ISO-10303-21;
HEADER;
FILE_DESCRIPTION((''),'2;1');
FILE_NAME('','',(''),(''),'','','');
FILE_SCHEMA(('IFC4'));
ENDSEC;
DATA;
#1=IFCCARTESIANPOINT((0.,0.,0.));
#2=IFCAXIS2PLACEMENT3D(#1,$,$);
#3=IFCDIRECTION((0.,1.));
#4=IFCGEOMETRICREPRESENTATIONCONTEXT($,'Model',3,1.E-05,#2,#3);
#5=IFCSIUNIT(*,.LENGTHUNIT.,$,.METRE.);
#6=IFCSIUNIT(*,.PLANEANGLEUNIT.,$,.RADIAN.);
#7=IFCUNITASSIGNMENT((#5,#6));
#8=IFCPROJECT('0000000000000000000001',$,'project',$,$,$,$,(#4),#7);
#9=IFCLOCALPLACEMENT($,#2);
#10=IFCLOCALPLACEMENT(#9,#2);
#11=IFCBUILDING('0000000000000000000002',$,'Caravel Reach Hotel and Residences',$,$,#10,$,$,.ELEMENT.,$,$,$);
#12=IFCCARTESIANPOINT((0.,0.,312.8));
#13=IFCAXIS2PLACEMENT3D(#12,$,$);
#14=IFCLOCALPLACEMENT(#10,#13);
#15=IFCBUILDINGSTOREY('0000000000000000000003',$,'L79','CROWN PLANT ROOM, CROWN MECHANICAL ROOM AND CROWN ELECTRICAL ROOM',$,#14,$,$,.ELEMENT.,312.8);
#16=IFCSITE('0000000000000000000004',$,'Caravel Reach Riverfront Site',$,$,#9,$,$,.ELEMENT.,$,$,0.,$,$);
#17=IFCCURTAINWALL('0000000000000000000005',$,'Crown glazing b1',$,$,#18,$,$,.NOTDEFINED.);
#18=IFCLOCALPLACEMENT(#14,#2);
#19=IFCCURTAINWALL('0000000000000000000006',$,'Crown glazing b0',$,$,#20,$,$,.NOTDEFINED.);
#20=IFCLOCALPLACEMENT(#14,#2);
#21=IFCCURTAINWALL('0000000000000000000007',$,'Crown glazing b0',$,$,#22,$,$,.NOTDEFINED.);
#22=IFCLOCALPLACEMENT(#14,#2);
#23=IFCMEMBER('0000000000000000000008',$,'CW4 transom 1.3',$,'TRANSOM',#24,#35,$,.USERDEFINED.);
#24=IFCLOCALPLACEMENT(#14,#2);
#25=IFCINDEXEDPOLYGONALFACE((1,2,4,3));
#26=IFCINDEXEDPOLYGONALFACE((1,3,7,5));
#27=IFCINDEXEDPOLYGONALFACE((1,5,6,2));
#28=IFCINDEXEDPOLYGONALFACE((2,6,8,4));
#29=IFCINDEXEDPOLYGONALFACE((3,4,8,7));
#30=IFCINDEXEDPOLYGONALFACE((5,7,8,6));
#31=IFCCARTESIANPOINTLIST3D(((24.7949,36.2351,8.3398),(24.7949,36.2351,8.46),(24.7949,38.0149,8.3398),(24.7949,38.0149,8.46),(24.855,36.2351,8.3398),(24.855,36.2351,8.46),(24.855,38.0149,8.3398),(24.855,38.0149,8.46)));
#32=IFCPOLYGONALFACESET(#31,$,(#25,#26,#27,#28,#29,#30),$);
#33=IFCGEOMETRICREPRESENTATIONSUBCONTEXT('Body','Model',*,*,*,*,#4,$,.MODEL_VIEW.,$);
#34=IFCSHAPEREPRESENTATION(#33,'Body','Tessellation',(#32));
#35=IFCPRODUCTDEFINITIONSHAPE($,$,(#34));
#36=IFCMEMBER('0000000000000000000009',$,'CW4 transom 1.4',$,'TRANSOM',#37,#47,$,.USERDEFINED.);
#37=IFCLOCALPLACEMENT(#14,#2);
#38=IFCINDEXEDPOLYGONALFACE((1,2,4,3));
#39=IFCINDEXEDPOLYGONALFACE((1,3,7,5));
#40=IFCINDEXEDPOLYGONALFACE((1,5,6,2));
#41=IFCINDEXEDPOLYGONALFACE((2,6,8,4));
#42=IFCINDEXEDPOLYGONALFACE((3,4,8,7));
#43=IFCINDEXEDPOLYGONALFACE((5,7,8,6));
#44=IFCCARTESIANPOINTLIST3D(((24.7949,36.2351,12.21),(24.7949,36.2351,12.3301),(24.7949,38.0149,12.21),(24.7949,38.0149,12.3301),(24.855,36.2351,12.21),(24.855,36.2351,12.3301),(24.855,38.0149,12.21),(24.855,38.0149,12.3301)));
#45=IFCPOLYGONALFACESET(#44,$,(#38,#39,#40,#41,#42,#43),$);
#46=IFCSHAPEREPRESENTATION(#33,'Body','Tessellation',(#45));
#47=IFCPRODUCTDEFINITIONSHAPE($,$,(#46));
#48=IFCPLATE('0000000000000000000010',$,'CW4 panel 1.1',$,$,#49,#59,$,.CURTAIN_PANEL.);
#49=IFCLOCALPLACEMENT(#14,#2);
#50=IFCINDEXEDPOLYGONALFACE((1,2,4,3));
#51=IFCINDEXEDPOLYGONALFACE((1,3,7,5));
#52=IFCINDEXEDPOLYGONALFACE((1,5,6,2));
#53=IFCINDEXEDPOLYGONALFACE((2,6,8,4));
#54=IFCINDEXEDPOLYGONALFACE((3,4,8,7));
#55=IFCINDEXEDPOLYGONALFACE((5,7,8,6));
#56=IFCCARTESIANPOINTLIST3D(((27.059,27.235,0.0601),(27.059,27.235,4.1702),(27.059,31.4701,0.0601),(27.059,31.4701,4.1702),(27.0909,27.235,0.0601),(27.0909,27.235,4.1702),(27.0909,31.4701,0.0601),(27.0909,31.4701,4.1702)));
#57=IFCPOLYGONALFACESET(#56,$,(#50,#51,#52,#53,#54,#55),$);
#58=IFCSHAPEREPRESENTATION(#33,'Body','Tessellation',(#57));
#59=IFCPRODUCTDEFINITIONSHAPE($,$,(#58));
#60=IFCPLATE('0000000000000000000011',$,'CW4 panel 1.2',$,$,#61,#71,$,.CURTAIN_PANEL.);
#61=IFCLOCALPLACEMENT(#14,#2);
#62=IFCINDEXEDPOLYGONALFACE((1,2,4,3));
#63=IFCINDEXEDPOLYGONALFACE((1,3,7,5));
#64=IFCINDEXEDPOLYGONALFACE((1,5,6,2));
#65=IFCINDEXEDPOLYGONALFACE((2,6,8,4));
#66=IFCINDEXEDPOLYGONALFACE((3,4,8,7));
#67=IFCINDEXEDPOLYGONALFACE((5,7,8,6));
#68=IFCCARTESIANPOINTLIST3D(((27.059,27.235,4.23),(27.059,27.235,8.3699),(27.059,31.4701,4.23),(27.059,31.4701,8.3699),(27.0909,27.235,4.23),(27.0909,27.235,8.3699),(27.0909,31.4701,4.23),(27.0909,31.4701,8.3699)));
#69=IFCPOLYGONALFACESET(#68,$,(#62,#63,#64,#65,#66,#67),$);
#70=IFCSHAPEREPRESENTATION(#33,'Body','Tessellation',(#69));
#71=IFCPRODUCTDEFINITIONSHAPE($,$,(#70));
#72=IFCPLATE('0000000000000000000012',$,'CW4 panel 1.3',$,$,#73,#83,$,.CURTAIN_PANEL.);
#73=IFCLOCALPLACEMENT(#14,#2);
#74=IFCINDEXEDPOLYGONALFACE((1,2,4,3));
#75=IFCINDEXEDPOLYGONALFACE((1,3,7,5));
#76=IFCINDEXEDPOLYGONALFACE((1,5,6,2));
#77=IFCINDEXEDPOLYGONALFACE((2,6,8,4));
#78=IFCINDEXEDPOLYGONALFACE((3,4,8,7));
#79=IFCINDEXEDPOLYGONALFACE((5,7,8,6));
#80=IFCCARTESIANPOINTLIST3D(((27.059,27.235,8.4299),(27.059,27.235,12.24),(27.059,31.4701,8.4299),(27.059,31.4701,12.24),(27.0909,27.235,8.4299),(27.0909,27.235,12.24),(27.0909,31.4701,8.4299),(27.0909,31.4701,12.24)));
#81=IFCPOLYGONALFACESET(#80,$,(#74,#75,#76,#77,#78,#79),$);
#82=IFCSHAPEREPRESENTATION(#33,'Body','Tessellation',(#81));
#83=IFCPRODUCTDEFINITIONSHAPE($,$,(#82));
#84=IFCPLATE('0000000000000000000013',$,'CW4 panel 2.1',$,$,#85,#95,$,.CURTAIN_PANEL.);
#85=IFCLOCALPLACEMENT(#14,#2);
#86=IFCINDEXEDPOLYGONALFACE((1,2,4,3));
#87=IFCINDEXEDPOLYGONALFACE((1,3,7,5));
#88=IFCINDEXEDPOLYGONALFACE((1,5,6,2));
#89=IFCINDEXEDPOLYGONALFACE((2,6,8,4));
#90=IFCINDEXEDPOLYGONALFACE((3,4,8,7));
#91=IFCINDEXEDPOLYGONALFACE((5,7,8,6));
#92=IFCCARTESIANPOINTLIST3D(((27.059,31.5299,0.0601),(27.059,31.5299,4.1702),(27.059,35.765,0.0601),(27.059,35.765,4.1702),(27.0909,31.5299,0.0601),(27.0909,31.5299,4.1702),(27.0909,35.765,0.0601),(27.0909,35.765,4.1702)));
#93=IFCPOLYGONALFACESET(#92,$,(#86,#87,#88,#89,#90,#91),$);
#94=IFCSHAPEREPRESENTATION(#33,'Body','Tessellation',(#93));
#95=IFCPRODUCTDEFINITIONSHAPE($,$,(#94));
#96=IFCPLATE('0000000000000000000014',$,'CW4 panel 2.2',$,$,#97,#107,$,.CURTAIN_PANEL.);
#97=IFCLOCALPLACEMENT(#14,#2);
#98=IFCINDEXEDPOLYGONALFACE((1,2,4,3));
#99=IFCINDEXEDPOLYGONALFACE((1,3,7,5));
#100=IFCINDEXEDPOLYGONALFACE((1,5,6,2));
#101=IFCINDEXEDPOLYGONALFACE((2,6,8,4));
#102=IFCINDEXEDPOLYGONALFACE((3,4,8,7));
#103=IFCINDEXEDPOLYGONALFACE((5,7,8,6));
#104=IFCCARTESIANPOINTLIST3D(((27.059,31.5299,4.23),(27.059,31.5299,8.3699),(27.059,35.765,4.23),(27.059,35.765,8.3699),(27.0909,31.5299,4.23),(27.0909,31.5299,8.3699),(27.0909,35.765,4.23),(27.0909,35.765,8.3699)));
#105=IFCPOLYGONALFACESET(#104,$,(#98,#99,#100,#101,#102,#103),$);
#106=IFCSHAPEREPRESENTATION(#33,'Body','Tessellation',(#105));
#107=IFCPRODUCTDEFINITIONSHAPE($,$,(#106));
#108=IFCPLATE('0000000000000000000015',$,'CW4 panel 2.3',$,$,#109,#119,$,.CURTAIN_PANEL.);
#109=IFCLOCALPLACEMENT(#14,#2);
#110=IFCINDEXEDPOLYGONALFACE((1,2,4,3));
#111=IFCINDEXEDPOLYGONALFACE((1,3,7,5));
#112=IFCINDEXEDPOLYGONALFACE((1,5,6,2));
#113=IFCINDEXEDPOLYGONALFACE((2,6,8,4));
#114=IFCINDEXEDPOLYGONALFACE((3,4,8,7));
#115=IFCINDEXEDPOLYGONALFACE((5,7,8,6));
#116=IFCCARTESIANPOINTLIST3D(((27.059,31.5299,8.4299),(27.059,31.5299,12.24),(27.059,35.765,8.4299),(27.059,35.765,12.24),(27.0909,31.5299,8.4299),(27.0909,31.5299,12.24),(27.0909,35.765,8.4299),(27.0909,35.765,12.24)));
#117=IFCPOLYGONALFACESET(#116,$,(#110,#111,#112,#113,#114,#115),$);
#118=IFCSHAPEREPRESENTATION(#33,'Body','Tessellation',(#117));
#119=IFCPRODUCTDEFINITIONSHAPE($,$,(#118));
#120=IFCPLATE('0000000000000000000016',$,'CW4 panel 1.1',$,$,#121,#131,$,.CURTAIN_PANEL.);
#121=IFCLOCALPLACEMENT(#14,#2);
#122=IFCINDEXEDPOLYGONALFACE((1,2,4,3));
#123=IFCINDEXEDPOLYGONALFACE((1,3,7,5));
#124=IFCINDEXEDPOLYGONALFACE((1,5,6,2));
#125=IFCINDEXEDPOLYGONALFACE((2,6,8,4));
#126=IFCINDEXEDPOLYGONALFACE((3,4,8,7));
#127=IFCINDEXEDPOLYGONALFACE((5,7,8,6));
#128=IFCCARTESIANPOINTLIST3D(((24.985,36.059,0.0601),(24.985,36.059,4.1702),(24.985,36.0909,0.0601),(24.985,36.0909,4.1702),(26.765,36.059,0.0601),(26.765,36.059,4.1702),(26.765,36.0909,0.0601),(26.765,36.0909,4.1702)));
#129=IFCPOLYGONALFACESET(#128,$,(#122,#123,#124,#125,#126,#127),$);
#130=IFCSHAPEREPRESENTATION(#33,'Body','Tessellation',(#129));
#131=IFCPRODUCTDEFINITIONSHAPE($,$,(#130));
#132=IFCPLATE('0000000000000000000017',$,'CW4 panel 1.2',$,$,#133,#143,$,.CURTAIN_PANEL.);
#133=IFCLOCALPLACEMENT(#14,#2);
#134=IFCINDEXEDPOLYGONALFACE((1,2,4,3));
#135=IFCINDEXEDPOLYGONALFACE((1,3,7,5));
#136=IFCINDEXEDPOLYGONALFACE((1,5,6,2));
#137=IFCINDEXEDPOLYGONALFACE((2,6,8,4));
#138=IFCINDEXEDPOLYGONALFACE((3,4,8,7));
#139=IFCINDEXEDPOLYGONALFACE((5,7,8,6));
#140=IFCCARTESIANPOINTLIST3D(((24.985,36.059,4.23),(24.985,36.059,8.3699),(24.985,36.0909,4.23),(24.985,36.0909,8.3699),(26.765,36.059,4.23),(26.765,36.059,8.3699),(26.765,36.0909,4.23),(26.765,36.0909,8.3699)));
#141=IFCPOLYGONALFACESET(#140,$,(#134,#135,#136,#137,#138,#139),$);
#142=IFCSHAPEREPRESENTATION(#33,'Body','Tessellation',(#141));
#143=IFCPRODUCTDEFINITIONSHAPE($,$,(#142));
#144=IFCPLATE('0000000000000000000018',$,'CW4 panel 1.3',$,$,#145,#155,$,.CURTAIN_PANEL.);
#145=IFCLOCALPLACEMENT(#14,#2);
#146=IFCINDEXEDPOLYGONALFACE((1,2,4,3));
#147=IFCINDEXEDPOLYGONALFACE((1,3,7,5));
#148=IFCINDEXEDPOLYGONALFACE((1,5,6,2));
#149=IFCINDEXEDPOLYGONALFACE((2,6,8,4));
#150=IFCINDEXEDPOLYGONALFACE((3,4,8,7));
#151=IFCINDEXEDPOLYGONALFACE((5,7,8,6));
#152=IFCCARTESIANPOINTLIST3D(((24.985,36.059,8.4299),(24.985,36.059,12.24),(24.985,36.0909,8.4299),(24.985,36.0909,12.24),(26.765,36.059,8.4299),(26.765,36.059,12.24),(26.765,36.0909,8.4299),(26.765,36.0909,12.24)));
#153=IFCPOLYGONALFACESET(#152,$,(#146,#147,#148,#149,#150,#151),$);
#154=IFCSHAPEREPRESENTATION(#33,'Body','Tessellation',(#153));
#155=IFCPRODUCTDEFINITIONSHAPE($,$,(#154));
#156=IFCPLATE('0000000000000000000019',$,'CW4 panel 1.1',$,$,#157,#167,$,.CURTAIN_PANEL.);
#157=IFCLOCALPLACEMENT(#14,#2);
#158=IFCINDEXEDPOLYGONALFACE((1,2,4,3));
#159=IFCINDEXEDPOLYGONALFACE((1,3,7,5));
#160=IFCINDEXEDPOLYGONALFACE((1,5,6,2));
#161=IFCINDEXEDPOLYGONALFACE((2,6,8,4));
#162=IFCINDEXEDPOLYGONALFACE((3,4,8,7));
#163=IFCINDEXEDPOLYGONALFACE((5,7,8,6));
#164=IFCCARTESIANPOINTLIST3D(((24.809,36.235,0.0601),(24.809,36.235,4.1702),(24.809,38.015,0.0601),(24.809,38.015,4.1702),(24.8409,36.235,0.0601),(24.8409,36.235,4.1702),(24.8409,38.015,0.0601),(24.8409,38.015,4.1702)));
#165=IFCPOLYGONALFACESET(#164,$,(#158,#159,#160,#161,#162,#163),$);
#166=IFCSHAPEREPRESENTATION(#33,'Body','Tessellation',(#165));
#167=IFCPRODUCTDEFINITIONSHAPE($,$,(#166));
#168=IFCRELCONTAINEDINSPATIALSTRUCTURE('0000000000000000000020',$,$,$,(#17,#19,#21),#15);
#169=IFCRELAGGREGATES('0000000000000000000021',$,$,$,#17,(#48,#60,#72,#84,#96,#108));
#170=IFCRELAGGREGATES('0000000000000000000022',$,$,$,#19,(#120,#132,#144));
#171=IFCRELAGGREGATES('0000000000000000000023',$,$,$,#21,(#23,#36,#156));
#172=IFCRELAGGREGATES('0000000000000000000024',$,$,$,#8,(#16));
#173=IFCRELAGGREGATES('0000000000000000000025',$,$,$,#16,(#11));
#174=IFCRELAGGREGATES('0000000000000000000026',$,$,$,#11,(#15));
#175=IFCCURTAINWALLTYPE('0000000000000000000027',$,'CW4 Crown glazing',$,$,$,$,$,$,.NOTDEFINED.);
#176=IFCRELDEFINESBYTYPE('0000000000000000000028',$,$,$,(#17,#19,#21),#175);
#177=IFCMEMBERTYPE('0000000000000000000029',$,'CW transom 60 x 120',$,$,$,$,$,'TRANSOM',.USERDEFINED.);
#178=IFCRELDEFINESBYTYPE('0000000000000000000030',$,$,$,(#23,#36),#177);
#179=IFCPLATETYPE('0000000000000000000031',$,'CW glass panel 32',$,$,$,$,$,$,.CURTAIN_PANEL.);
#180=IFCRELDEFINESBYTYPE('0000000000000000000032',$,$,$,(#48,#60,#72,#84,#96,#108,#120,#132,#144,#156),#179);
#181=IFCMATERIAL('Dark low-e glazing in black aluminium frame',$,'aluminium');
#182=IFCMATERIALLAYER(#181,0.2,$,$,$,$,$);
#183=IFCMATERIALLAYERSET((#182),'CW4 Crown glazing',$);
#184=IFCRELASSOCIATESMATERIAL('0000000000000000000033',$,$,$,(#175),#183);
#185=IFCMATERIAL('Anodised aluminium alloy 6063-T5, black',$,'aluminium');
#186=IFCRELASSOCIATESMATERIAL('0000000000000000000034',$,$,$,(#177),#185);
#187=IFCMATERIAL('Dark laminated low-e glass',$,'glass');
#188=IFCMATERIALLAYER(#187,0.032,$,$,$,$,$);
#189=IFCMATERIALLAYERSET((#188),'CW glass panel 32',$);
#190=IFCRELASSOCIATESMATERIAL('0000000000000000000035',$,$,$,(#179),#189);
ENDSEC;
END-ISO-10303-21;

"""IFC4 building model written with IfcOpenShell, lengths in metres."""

from ifc_helpers import new_model, si_unit, direction, frame, origin, origin_2d, place, context, subcontext, project, spatial, rectangle, extrude, material, layer, layer_set, material_profile, profile_set, type_object, element, aggregate, save


model = new_model("IFC4")

# Units and contexts
model_context = context("Model", 3, precision=1e-05, world=origin(), true_north=direction((0.0, 1.0)))
body_context = subcontext(model_context, "Body", "Model", "MODEL_VIEW")
ifc_project = project(units=[si_unit("LENGTHUNIT", "METRE"), si_unit("PLANEANGLEUNIT", "RADIAN")], contexts=[model_context])

# Site, building, storey
site_placement = place(None, origin())
site = spatial("IfcSite", under=ifc_project, at=site_placement, Name="Caravel Reach Riverfront Site", CompositionType="ELEMENT", RefElevation=0.0)
building_placement = place(site_placement, origin())
building = spatial("IfcBuilding", under=site, at=building_placement, Name="Caravel Reach Hotel and Residences", CompositionType="ELEMENT")
storey_placement = place(building_placement, frame((0.0, 0.0, 312.8)))
storey = spatial("IfcBuildingStorey", under=building, at=storey_placement, Name="L79", Description="CROWN PLANT ROOM, CROWN MECHANICAL ROOM AND CROWN ELECTRICAL ROOM", CompositionType="ELEMENT", Elevation=312.8)

# Curtain walls, members
ifc_material_1 = material(Name="Dark low-e glazing in black aluminium frame", Category="aluminium")
ifc_layer_1 = layer(ifc_material_1, 0.2)
ifc_layer_set_1 = layer_set([ifc_layer_1], Name="CW4 Crown glazing")
curtain_wall_type = type_object("IfcCurtainWallType", Name="CW4 Crown glazing", PredefinedType="NOTDEFINED", material=ifc_layer_set_1)
curtain_wall_1_placement = place(storey_placement, origin())
curtain_wall_1 = element("IfcCurtainWall", 1, at=curtain_wall_1_placement, inside=storey, type_object=curtain_wall_type, Name="Crown glazing b1", PredefinedType="NOTDEFINED")
ifc_material_2 = material(Name="Anodised aluminium alloy 6063-T5, black", Category="aluminium")
ifc_material_profile_1 = material_profile(ifc_material_2, rectangle(XDim=0.0601, YDim=0.1201, at=origin_2d()), Name="CW transom 60 x 120")
ifc_profile_set_1 = profile_set([ifc_material_profile_1], Name="Anodised aluminium alloy 6063-T5, black")
member_type = type_object("IfcMemberType", Name="CW transom 60 x 120", ElementType="TRANSOM", PredefinedType="USERDEFINED", material=ifc_profile_set_1)
curtain_wall_2_placement = place(storey_placement, origin())
curtain_wall_2 = element("IfcCurtainWall", 2, at=curtain_wall_2_placement, inside=storey, type_object=curtain_wall_type, Name="Crown glazing b0", PredefinedType="NOTDEFINED")
curtain_wall_3_placement = place(storey_placement, origin())
curtain_wall_3 = element("IfcCurtainWall", 3, at=curtain_wall_3_placement, inside=storey, type_object=curtain_wall_type, Name="Crown glazing b0", PredefinedType="NOTDEFINED")
member_1_placement = place(storey_placement, frame((24.825, 36.2351, 8.3999), z_axis=(0.0, 1.0, 0.0), x_axis=(-1.0, 0.0, 0.0)))
member_1 = element("IfcMember", 4, at=member_1_placement, type_object=member_type, Name="CW4 transom 1.3", ObjectType="TRANSOM", PredefinedType="USERDEFINED", context=body_context, shape_type="SweptSolid", body=[
    extrude(rectangle(XDim=0.0601, YDim=0.1201, at=origin_2d()), origin(), (0.0, 0.0, 1.0), 1.7798),
])
member_2_placement = place(storey_placement, frame((24.825, 36.2351, 12.27), z_axis=(0.0, 1.0, 0.0), x_axis=(-1.0, 0.0, 0.0)))
member_2 = element("IfcMember", 5, at=member_2_placement, type_object=member_type, Name="CW4 transom 1.4", ObjectType="TRANSOM", PredefinedType="USERDEFINED", context=body_context, shape_type="SweptSolid", body=[
    extrude(rectangle(XDim=0.0601, YDim=0.1201, at=origin_2d()), origin(), (0.0, 0.0, 1.0), 1.7798),
])

# Plates
ifc_material_3 = material(Name="Dark laminated low-e glass", Category="glass")
ifc_layer_2 = layer(ifc_material_3, 0.032)
ifc_layer_set_2 = layer_set([ifc_layer_2], Name="CW glass panel 32")
plate_type = type_object("IfcPlateType", Name="CW glass panel 32", PredefinedType="CURTAIN_PANEL", material=ifc_layer_set_2)
plate_1_placement = place(storey_placement, frame((27.075, 29.3525, 0.0601), z_axis=(0.0, 0.0, 1.0), x_axis=(0.0, 1.0, 0.0)))
plate_1 = element("IfcPlate", 6, at=plate_1_placement, type_object=plate_type, Name="CW4 panel 1.1", PredefinedType="CURTAIN_PANEL", context=body_context, shape_type="SweptSolid", body=[
    extrude(rectangle(XDim=4.2351, YDim=0.032, at=origin_2d()), origin(), (0.0, 0.0, 1.0), 4.1101),
])
plate_2_placement = place(storey_placement, frame((27.075, 29.3525, 4.23), z_axis=(0.0, 0.0, 1.0), x_axis=(0.0, 1.0, 0.0)))
plate_2 = element("IfcPlate", 7, at=plate_2_placement, type_object=plate_type, Name="CW4 panel 1.2", PredefinedType="CURTAIN_PANEL", context=body_context, shape_type="SweptSolid", body=[
    extrude(rectangle(XDim=4.2351, YDim=0.032, at=origin_2d()), origin(), (0.0, 0.0, 1.0), 4.1399),
])
plate_3_placement = place(storey_placement, frame((27.075, 29.3525, 8.4299), z_axis=(0.0, 0.0, 1.0), x_axis=(0.0, 1.0, 0.0)))
plate_3 = element("IfcPlate", 8, at=plate_3_placement, type_object=plate_type, Name="CW4 panel 1.3", PredefinedType="CURTAIN_PANEL", context=body_context, shape_type="SweptSolid", body=[
    extrude(rectangle(XDim=4.2351, YDim=0.032, at=origin_2d()), origin(), (0.0, 0.0, 1.0), 3.8101),
])
plate_4_placement = place(storey_placement, frame((27.075, 33.6475, 0.0601), z_axis=(0.0, 0.0, 1.0), x_axis=(0.0, 1.0, 0.0)))
plate_4 = element("IfcPlate", 9, at=plate_4_placement, type_object=plate_type, Name="CW4 panel 2.1", PredefinedType="CURTAIN_PANEL", context=body_context, shape_type="SweptSolid", body=[
    extrude(rectangle(XDim=4.2351, YDim=0.032, at=origin_2d()), origin(), (0.0, 0.0, 1.0), 4.1101),
])
plate_5_placement = place(storey_placement, frame((27.075, 33.6475, 4.23), z_axis=(0.0, 0.0, 1.0), x_axis=(0.0, 1.0, 0.0)))
plate_5 = element("IfcPlate", 10, at=plate_5_placement, type_object=plate_type, Name="CW4 panel 2.2", PredefinedType="CURTAIN_PANEL", context=body_context, shape_type="SweptSolid", body=[
    extrude(rectangle(XDim=4.2351, YDim=0.032, at=origin_2d()), origin(), (0.0, 0.0, 1.0), 4.1399),
])
plate_6_placement = place(storey_placement, frame((27.075, 33.6475, 8.4299), z_axis=(0.0, 0.0, 1.0), x_axis=(0.0, 1.0, 0.0)))
plate_6 = element("IfcPlate", 11, at=plate_6_placement, type_object=plate_type, Name="CW4 panel 2.3", PredefinedType="CURTAIN_PANEL", context=body_context, shape_type="SweptSolid", body=[
    extrude(rectangle(XDim=4.2351, YDim=0.032, at=origin_2d()), origin(), (0.0, 0.0, 1.0), 3.8101),
])
aggregate(curtain_wall_1, [plate_1, plate_2, plate_3, plate_4, plate_5, plate_6])
plate_7_placement = place(storey_placement, frame((25.875, 36.075, 0.0601), z_axis=(0.0, 0.0, 1.0), x_axis=(-1.0, 0.0, 0.0)))
plate_7 = element("IfcPlate", 12, at=plate_7_placement, type_object=plate_type, Name="CW4 panel 1.1", PredefinedType="CURTAIN_PANEL", context=body_context, shape_type="SweptSolid", body=[
    extrude(rectangle(XDim=1.78, YDim=0.032, at=origin_2d()), origin(), (0.0, 0.0, 1.0), 4.1101),
])
plate_8_placement = place(storey_placement, frame((25.875, 36.075, 4.23), z_axis=(0.0, 0.0, 1.0), x_axis=(-1.0, 0.0, 0.0)))
plate_8 = element("IfcPlate", 13, at=plate_8_placement, type_object=plate_type, Name="CW4 panel 1.2", PredefinedType="CURTAIN_PANEL", context=body_context, shape_type="SweptSolid", body=[
    extrude(rectangle(XDim=1.78, YDim=0.032, at=origin_2d()), origin(), (0.0, 0.0, 1.0), 4.1399),
])
plate_9_placement = place(storey_placement, frame((25.875, 36.075, 8.4299), z_axis=(0.0, 0.0, 1.0), x_axis=(-1.0, 0.0, 0.0)))
plate_9 = element("IfcPlate", 14, at=plate_9_placement, type_object=plate_type, Name="CW4 panel 1.3", PredefinedType="CURTAIN_PANEL", context=body_context, shape_type="SweptSolid", body=[
    extrude(rectangle(XDim=1.78, YDim=0.032, at=origin_2d()), origin(), (0.0, 0.0, 1.0), 3.8101),
])
aggregate(curtain_wall_2, [plate_7, plate_8, plate_9])
plate_10_placement = place(storey_placement, frame((24.825, 37.125, 0.0601), z_axis=(0.0, 0.0, 1.0), x_axis=(0.0, 1.0, 0.0)))
plate_10 = element("IfcPlate", 15, at=plate_10_placement, type_object=plate_type, Name="CW4 panel 1.1", PredefinedType="CURTAIN_PANEL", context=body_context, shape_type="SweptSolid", body=[
    extrude(rectangle(XDim=1.78, YDim=0.032, at=origin_2d()), origin(), (0.0, 0.0, 1.0), 4.1101),
])
aggregate(curtain_wall_3, [member_1, member_2, plate_10])

save(model, "model.ifc")
